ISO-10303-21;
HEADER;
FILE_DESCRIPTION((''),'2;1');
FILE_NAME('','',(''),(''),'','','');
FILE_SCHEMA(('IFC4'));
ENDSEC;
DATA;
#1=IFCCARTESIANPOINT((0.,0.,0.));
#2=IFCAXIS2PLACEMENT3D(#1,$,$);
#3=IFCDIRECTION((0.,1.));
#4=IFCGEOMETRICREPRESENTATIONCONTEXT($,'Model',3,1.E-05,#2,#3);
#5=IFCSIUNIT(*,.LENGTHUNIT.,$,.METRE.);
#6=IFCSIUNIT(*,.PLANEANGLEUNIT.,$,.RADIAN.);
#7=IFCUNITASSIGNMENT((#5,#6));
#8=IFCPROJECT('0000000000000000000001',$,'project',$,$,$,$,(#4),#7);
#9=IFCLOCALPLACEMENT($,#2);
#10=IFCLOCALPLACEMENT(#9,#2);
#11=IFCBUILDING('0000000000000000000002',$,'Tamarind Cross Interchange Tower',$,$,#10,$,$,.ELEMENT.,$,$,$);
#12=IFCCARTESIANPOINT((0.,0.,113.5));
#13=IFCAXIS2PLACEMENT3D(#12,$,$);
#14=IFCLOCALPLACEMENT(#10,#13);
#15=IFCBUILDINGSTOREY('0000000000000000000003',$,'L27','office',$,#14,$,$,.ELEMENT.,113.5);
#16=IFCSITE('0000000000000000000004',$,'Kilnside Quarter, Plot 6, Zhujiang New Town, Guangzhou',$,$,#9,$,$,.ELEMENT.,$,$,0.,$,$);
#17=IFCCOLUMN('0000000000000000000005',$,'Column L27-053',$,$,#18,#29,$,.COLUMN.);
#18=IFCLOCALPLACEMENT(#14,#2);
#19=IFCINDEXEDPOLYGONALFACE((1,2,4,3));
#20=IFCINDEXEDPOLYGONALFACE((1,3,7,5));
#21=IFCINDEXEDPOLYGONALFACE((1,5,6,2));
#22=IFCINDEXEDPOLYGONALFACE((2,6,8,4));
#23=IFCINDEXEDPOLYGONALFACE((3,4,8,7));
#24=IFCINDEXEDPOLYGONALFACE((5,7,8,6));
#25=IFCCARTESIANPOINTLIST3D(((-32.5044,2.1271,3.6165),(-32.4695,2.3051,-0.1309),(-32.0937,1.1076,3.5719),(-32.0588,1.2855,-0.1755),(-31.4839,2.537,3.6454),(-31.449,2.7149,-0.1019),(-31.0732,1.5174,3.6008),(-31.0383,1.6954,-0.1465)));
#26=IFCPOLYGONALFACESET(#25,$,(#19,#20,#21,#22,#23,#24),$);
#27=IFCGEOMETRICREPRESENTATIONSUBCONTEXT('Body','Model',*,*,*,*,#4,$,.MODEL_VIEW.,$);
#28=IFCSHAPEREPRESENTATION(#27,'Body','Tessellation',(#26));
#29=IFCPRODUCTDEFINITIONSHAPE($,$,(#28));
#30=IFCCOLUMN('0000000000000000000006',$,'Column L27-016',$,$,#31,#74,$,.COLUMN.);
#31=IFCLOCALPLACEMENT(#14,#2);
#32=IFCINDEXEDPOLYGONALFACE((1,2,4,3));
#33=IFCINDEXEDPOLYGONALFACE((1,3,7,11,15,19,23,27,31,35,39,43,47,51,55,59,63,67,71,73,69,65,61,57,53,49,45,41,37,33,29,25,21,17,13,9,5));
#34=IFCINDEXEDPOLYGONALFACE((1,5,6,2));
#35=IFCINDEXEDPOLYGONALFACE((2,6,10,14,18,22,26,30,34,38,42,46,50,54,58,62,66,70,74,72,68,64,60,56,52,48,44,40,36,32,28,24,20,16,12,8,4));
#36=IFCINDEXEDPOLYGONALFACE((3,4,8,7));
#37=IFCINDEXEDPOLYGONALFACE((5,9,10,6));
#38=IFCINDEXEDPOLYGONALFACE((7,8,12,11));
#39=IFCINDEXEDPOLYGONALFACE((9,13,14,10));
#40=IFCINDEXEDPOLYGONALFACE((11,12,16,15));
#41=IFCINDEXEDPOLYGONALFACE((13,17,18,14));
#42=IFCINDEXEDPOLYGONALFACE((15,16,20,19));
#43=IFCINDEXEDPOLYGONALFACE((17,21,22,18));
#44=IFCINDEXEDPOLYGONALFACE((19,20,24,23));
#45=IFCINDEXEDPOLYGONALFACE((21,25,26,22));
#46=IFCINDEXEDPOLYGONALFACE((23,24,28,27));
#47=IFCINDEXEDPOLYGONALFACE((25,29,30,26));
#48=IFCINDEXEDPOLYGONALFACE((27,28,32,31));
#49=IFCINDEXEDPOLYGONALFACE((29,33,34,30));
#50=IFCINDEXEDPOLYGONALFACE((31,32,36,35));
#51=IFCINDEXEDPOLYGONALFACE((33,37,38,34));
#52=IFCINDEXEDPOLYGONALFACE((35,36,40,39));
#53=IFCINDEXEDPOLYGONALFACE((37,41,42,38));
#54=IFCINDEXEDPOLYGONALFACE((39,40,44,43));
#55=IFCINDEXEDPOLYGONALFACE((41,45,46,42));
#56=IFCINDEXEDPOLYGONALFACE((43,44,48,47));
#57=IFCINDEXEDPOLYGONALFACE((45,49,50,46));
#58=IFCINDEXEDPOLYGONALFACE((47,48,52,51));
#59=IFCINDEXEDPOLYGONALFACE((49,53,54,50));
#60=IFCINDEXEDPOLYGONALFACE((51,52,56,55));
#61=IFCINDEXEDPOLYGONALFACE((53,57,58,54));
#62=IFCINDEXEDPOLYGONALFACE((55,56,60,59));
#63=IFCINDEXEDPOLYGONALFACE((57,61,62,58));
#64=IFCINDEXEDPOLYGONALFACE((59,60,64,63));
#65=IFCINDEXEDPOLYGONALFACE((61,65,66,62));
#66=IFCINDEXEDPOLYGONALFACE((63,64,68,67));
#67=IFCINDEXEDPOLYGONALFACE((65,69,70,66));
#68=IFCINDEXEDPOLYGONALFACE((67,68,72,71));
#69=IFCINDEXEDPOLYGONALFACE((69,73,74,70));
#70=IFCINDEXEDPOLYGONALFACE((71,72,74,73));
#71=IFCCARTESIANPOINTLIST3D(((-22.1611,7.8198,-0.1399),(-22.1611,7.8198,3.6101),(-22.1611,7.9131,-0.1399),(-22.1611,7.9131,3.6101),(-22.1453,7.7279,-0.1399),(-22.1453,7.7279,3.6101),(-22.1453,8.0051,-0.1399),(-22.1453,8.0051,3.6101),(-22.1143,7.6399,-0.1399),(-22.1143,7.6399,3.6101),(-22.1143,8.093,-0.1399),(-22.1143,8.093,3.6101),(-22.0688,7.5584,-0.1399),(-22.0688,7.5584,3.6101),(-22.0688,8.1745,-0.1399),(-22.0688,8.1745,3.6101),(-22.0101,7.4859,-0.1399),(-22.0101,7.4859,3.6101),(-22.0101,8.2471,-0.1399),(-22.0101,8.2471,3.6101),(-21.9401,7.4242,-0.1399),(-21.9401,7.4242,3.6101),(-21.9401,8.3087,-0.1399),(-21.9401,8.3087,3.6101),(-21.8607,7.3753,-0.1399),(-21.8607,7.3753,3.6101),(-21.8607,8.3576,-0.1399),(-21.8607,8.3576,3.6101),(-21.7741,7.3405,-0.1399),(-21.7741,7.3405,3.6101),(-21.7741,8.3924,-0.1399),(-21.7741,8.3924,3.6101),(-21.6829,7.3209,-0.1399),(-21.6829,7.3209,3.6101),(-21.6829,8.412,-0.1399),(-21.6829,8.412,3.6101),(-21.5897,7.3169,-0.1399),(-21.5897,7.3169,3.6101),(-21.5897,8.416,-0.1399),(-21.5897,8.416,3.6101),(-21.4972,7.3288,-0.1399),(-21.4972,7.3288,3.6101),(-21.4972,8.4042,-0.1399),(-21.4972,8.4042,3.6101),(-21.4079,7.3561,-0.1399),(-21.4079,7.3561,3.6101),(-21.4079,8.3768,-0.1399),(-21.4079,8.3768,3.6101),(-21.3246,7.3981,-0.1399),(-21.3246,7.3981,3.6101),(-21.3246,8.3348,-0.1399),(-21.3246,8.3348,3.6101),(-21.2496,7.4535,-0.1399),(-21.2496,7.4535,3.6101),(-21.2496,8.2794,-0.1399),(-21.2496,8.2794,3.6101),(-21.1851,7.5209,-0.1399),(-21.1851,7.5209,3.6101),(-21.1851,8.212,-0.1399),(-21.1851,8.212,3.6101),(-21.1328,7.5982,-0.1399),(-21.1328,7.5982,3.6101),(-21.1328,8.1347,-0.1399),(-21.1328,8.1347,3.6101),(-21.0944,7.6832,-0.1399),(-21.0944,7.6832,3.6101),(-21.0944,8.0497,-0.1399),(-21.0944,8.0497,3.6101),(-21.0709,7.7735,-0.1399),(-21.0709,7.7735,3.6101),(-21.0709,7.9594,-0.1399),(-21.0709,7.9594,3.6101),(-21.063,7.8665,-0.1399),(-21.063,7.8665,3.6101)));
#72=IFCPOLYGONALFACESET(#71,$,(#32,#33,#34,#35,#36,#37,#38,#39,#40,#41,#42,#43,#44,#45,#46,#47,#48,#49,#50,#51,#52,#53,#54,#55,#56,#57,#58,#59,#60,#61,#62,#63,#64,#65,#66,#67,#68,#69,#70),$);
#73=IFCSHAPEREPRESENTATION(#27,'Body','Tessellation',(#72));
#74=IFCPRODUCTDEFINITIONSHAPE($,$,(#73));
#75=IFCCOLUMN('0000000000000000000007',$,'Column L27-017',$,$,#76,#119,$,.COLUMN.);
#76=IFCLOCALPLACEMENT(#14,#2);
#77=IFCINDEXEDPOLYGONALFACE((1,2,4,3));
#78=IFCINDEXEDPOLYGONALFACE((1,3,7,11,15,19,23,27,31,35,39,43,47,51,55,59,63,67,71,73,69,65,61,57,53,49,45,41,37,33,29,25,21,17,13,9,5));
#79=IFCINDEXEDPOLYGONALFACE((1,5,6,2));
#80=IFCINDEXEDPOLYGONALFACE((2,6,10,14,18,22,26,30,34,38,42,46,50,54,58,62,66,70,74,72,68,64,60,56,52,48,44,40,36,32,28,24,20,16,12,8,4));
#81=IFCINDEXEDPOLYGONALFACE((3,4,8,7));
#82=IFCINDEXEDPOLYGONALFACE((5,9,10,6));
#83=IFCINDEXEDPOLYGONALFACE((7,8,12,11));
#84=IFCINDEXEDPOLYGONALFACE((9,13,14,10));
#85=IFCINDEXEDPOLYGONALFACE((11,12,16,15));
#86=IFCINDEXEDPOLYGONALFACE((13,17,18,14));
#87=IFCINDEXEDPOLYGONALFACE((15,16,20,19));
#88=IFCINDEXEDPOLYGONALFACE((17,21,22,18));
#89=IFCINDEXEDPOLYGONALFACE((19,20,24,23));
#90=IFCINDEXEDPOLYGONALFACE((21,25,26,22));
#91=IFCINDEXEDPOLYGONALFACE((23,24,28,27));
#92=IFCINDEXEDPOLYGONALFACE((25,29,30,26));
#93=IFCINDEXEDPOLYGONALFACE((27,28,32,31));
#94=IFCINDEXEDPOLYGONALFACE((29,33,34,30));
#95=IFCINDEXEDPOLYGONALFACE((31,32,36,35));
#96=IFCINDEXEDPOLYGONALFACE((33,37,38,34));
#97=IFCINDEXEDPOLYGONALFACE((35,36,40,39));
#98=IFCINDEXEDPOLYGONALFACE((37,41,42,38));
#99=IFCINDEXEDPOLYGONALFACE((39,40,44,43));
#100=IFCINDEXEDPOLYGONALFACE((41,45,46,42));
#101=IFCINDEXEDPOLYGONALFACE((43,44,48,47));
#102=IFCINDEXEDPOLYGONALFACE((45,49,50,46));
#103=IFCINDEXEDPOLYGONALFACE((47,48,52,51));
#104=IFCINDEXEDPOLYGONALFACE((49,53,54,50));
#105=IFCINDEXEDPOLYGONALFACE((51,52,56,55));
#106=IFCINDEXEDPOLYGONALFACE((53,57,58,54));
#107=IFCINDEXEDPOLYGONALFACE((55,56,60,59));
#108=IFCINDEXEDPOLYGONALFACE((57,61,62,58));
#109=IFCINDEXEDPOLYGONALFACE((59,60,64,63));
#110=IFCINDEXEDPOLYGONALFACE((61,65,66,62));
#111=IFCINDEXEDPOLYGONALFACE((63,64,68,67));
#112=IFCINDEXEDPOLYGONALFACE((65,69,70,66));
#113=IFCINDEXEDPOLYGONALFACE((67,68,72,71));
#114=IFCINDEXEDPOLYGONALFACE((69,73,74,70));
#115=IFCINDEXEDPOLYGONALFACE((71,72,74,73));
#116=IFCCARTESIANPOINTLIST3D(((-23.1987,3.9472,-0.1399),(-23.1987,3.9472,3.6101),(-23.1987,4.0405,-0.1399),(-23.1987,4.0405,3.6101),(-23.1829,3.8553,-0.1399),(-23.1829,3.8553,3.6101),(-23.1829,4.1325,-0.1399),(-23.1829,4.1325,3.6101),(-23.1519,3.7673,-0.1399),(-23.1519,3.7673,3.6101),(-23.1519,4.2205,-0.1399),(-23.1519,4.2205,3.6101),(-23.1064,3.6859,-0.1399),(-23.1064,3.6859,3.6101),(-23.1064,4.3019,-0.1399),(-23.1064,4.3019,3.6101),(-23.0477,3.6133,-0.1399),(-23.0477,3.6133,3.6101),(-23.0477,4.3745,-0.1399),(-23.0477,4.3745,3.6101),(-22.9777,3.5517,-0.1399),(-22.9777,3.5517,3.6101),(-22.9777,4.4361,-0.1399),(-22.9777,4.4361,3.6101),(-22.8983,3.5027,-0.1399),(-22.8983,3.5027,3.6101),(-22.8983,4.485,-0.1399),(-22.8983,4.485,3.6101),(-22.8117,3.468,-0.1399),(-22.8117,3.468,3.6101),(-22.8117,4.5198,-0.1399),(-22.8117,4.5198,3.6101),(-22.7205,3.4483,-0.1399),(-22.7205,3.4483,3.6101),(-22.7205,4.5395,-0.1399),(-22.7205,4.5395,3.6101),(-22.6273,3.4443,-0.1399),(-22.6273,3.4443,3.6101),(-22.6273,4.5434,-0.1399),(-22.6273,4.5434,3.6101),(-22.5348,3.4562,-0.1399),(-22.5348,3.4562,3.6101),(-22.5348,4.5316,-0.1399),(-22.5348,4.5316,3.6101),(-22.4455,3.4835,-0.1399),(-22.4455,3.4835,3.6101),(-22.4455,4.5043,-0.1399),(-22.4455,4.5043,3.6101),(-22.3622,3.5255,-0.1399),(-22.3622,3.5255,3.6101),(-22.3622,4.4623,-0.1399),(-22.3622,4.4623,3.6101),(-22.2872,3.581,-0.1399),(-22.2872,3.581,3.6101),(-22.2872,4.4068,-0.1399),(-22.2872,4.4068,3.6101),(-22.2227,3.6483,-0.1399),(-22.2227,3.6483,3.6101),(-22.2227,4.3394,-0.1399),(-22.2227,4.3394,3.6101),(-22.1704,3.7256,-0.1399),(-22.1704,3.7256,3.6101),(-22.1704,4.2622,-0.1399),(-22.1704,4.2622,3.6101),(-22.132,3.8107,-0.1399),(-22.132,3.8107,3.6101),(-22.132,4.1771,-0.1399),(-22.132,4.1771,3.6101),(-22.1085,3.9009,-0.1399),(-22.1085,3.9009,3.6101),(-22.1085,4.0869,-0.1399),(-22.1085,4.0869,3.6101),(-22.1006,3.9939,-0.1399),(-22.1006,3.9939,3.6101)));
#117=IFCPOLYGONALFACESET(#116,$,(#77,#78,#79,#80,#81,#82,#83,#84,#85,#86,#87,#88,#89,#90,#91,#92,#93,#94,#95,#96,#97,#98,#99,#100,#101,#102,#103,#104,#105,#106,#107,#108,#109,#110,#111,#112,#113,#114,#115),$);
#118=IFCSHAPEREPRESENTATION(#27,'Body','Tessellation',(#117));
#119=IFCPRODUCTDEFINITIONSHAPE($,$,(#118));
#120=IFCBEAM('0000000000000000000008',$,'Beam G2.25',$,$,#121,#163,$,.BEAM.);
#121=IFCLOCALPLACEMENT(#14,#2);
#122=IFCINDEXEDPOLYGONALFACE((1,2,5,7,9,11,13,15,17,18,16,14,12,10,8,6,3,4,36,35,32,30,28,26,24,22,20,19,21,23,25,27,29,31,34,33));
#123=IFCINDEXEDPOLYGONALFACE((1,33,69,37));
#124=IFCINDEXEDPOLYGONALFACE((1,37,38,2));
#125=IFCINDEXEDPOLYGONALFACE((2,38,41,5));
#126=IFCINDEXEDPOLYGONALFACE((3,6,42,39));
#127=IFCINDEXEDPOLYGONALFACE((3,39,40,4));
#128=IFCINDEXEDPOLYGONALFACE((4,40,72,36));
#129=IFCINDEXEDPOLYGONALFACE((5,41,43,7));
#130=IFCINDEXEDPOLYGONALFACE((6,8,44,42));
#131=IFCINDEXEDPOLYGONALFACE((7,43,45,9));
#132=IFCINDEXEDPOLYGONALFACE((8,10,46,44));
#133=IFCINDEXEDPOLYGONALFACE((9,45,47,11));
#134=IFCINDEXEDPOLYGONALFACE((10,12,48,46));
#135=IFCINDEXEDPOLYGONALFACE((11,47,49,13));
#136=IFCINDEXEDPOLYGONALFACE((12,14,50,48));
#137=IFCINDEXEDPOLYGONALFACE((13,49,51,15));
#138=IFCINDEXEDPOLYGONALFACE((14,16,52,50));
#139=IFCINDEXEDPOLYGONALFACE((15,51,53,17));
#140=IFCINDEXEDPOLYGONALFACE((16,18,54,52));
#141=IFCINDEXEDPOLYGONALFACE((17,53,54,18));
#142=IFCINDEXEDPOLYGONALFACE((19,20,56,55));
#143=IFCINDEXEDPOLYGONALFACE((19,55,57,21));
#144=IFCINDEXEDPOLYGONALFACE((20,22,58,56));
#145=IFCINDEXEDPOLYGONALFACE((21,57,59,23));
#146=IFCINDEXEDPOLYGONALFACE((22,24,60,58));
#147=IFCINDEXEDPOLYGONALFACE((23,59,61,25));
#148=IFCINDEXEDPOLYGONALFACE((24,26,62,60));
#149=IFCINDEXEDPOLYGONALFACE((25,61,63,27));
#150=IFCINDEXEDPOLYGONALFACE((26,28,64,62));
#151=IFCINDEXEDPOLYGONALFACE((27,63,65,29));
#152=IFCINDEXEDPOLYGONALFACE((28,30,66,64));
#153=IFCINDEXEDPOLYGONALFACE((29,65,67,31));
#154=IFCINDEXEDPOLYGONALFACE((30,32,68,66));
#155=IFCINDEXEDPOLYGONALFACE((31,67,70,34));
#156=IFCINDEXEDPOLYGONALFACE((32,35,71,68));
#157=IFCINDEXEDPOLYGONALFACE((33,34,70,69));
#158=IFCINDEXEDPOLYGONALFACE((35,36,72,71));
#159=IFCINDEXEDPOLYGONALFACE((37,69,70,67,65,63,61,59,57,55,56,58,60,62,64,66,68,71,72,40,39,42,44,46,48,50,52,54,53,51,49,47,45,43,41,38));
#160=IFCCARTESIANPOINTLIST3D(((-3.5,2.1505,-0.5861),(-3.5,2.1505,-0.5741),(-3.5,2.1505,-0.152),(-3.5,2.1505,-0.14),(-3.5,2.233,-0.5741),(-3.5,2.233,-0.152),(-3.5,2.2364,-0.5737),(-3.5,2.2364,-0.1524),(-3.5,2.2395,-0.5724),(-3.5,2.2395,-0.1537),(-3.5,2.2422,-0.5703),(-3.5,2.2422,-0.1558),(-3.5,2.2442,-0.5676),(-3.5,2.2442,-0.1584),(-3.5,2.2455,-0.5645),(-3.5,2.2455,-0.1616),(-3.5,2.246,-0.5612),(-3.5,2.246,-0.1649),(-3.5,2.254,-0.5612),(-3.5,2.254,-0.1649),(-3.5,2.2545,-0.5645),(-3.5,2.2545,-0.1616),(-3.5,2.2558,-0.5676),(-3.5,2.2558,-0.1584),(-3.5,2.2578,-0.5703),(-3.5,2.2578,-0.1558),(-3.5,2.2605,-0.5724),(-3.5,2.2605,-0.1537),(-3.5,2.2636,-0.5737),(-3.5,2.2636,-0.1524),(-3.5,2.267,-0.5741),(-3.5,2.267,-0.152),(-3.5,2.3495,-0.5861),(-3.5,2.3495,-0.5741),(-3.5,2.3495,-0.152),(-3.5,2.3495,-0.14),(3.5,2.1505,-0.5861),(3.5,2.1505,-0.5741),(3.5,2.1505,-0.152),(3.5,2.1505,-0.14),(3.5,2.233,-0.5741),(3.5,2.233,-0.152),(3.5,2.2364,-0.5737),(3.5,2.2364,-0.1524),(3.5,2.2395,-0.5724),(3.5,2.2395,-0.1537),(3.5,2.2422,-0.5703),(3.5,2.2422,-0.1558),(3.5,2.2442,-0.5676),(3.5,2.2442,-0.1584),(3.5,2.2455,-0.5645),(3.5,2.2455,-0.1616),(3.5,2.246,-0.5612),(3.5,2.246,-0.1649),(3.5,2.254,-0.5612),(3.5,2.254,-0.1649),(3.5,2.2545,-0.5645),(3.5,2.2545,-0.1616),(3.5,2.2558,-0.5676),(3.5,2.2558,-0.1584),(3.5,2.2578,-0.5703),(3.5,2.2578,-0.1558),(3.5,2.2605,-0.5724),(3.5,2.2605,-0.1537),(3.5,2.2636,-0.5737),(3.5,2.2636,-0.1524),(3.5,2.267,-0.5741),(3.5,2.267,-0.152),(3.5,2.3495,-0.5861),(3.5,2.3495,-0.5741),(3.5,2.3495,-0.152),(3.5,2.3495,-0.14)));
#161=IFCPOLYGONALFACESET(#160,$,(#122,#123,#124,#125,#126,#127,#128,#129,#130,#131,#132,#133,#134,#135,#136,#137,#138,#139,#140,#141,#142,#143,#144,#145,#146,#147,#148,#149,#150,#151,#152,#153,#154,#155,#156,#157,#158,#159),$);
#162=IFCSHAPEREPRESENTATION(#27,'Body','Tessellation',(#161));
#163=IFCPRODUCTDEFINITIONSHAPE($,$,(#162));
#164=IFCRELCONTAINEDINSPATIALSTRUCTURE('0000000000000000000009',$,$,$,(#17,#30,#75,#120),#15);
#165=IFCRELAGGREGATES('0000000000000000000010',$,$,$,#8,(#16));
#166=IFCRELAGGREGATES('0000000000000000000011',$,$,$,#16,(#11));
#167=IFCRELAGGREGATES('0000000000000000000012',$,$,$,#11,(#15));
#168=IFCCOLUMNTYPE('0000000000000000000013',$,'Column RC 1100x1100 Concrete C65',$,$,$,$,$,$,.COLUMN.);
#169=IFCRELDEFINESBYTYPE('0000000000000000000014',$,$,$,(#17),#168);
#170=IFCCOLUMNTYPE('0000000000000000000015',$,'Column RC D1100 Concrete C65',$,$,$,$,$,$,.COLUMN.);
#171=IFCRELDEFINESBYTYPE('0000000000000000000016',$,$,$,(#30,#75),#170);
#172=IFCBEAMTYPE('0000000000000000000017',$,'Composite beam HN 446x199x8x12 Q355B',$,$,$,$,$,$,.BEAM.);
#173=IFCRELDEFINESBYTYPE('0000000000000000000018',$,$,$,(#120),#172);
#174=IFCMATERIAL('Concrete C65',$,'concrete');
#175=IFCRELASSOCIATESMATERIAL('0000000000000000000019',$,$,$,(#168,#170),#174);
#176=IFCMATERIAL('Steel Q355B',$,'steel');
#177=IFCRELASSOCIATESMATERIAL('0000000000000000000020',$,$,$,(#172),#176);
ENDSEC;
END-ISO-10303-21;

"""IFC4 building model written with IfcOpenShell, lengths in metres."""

from ifc_helpers import new_model, si_unit, direction, frame, origin, origin_2d, place, context, subcontext, project, spatial, rectangle, circle, i_section, extrude, material, material_profile, profile_set, type_object, element, save


model = new_model("IFC4")

# Units and contexts
model_context = context("Model", 3, precision=1e-05, world=origin(), true_north=direction((0.0, 1.0)))
body_context = subcontext(model_context, "Body", "Model", "MODEL_VIEW")
ifc_project = project(units=[si_unit("LENGTHUNIT", "METRE"), si_unit("PLANEANGLEUNIT", "RADIAN")], contexts=[model_context])

# Site, building, storey
site_placement = place(None, origin())
site = spatial("IfcSite", under=ifc_project, at=site_placement, Name="Kilnside Quarter, Plot 6, Zhujiang New Town, Guangzhou", CompositionType="ELEMENT", RefElevation=0.0)
building_placement = place(site_placement, origin())
building = spatial("IfcBuilding", under=site, at=building_placement, Name="Tamarind Cross Interchange Tower", CompositionType="ELEMENT")
storey_placement = place(building_placement, frame((0.0, 0.0, 113.5)))
storey = spatial("IfcBuildingStorey", under=building, at=storey_placement, Name="L27", Description="office", CompositionType="ELEMENT", Elevation=113.5)

# Columns
ifc_material_1 = material(Name="Concrete C65", Category="concrete")
ifc_material_profile_1 = material_profile(ifc_material_1, rectangle(XDim=1.1001, YDim=1.1001, at=origin_2d()), Name="RC 1100x1100")
ifc_profile_set_1 = profile_set([ifc_material_profile_1], Name="Concrete C65")
column_type_1 = type_object("IfcColumnType", Name="Column RC 1100x1100 Concrete C65", PredefinedType="COLUMN", material=ifc_profile_set_1)
column_placement = place(storey_placement, frame((-31.7539, 2.0002, -0.1387), z_axis=(-0.009306, -0.047439, 0.998831), x_axis=(0.927649, 0.372523, 0.026335)))
element("IfcColumn", 1, at=column_placement, inside=storey, type_object=column_type_1, Name="Column L27-053", PredefinedType="COLUMN", context=body_context, shape_type="SweptSolid", body=[
    extrude(rectangle(XDim=1.1001, YDim=1.1001, at=origin_2d()), origin(), (0.0, 0.0, 1.0), 3.7517),
])
ifc_material_profile_2 = material_profile(ifc_material_1, circle(Radius=0.55, at=origin_2d()), Name="RC D1100")
ifc_profile_set_2 = profile_set([ifc_material_profile_2], Name="Concrete C65")
column_type_2 = type_object("IfcColumnType", Name="Column RC D1100 Concrete C65", PredefinedType="COLUMN", material=ifc_profile_set_2)
for number, where, z_axis, x_axis, name in (
    (2, (-21.613, 7.8665, -0.1399), (0.0, 0.0, 1.0), (1.0, 0.0, 0.0), "Column L27-016"),
    (3, (-22.6506, 3.9939, -0.1399), (0.0, 0.0, 1.0), (1.0, 0.0, 0.0), "Column L27-017"),
):
    element("IfcColumn", number, at=place(storey_placement, frame(where, z_axis=z_axis, x_axis=x_axis)), inside=storey, type_object=column_type_2, Name=name, PredefinedType="COLUMN", context=body_context, shape_type="SweptSolid", body=[
        extrude(circle(Radius=0.55, at=origin_2d()), origin(), (0.0, 0.0, 1.0), 3.75),
    ])

# Beam
ifc_material_2 = material(Name="Steel Q355B", Category="steel")
ifc_material_profile_3 = material_profile(ifc_material_2, i_section(OverallWidth=0.199, OverallDepth=0.446, WebThickness=0.0081, FlangeThickness=0.012, FilletRadius=0.0129, at=origin_2d()), Name="HN 446x199x8x12")
ifc_profile_set_3 = profile_set([ifc_material_profile_3], Name="Steel Q355B")
beam_type_1 = type_object("IfcBeamType", Name="Composite beam HN 446x199x8x12 Q355B", PredefinedType="BEAM", material=ifc_profile_set_3)
for number, where, z_axis, x_axis, name in (
    (4, (-3.5, 2.25, -0.363), (1.0, 0.0, 0.0), (0.0, 1.0, 0.0), "Beam G2.25"),
):
    element("IfcBeam", number, at=place(storey_placement, frame(where, z_axis=z_axis, x_axis=x_axis)), inside=storey, type_object=beam_type_1, Name=name, PredefinedType="BEAM", context=body_context, shape_type="SweptSolid", body=[
        extrude(i_section(OverallWidth=0.199, OverallDepth=0.446, WebThickness=0.0081, FlangeThickness=0.012, FilletRadius=0.0129, at=origin_2d()), origin(), (0.0, 0.0, 1.0), 7.0),
    ])

save(model, "model.ifc")
